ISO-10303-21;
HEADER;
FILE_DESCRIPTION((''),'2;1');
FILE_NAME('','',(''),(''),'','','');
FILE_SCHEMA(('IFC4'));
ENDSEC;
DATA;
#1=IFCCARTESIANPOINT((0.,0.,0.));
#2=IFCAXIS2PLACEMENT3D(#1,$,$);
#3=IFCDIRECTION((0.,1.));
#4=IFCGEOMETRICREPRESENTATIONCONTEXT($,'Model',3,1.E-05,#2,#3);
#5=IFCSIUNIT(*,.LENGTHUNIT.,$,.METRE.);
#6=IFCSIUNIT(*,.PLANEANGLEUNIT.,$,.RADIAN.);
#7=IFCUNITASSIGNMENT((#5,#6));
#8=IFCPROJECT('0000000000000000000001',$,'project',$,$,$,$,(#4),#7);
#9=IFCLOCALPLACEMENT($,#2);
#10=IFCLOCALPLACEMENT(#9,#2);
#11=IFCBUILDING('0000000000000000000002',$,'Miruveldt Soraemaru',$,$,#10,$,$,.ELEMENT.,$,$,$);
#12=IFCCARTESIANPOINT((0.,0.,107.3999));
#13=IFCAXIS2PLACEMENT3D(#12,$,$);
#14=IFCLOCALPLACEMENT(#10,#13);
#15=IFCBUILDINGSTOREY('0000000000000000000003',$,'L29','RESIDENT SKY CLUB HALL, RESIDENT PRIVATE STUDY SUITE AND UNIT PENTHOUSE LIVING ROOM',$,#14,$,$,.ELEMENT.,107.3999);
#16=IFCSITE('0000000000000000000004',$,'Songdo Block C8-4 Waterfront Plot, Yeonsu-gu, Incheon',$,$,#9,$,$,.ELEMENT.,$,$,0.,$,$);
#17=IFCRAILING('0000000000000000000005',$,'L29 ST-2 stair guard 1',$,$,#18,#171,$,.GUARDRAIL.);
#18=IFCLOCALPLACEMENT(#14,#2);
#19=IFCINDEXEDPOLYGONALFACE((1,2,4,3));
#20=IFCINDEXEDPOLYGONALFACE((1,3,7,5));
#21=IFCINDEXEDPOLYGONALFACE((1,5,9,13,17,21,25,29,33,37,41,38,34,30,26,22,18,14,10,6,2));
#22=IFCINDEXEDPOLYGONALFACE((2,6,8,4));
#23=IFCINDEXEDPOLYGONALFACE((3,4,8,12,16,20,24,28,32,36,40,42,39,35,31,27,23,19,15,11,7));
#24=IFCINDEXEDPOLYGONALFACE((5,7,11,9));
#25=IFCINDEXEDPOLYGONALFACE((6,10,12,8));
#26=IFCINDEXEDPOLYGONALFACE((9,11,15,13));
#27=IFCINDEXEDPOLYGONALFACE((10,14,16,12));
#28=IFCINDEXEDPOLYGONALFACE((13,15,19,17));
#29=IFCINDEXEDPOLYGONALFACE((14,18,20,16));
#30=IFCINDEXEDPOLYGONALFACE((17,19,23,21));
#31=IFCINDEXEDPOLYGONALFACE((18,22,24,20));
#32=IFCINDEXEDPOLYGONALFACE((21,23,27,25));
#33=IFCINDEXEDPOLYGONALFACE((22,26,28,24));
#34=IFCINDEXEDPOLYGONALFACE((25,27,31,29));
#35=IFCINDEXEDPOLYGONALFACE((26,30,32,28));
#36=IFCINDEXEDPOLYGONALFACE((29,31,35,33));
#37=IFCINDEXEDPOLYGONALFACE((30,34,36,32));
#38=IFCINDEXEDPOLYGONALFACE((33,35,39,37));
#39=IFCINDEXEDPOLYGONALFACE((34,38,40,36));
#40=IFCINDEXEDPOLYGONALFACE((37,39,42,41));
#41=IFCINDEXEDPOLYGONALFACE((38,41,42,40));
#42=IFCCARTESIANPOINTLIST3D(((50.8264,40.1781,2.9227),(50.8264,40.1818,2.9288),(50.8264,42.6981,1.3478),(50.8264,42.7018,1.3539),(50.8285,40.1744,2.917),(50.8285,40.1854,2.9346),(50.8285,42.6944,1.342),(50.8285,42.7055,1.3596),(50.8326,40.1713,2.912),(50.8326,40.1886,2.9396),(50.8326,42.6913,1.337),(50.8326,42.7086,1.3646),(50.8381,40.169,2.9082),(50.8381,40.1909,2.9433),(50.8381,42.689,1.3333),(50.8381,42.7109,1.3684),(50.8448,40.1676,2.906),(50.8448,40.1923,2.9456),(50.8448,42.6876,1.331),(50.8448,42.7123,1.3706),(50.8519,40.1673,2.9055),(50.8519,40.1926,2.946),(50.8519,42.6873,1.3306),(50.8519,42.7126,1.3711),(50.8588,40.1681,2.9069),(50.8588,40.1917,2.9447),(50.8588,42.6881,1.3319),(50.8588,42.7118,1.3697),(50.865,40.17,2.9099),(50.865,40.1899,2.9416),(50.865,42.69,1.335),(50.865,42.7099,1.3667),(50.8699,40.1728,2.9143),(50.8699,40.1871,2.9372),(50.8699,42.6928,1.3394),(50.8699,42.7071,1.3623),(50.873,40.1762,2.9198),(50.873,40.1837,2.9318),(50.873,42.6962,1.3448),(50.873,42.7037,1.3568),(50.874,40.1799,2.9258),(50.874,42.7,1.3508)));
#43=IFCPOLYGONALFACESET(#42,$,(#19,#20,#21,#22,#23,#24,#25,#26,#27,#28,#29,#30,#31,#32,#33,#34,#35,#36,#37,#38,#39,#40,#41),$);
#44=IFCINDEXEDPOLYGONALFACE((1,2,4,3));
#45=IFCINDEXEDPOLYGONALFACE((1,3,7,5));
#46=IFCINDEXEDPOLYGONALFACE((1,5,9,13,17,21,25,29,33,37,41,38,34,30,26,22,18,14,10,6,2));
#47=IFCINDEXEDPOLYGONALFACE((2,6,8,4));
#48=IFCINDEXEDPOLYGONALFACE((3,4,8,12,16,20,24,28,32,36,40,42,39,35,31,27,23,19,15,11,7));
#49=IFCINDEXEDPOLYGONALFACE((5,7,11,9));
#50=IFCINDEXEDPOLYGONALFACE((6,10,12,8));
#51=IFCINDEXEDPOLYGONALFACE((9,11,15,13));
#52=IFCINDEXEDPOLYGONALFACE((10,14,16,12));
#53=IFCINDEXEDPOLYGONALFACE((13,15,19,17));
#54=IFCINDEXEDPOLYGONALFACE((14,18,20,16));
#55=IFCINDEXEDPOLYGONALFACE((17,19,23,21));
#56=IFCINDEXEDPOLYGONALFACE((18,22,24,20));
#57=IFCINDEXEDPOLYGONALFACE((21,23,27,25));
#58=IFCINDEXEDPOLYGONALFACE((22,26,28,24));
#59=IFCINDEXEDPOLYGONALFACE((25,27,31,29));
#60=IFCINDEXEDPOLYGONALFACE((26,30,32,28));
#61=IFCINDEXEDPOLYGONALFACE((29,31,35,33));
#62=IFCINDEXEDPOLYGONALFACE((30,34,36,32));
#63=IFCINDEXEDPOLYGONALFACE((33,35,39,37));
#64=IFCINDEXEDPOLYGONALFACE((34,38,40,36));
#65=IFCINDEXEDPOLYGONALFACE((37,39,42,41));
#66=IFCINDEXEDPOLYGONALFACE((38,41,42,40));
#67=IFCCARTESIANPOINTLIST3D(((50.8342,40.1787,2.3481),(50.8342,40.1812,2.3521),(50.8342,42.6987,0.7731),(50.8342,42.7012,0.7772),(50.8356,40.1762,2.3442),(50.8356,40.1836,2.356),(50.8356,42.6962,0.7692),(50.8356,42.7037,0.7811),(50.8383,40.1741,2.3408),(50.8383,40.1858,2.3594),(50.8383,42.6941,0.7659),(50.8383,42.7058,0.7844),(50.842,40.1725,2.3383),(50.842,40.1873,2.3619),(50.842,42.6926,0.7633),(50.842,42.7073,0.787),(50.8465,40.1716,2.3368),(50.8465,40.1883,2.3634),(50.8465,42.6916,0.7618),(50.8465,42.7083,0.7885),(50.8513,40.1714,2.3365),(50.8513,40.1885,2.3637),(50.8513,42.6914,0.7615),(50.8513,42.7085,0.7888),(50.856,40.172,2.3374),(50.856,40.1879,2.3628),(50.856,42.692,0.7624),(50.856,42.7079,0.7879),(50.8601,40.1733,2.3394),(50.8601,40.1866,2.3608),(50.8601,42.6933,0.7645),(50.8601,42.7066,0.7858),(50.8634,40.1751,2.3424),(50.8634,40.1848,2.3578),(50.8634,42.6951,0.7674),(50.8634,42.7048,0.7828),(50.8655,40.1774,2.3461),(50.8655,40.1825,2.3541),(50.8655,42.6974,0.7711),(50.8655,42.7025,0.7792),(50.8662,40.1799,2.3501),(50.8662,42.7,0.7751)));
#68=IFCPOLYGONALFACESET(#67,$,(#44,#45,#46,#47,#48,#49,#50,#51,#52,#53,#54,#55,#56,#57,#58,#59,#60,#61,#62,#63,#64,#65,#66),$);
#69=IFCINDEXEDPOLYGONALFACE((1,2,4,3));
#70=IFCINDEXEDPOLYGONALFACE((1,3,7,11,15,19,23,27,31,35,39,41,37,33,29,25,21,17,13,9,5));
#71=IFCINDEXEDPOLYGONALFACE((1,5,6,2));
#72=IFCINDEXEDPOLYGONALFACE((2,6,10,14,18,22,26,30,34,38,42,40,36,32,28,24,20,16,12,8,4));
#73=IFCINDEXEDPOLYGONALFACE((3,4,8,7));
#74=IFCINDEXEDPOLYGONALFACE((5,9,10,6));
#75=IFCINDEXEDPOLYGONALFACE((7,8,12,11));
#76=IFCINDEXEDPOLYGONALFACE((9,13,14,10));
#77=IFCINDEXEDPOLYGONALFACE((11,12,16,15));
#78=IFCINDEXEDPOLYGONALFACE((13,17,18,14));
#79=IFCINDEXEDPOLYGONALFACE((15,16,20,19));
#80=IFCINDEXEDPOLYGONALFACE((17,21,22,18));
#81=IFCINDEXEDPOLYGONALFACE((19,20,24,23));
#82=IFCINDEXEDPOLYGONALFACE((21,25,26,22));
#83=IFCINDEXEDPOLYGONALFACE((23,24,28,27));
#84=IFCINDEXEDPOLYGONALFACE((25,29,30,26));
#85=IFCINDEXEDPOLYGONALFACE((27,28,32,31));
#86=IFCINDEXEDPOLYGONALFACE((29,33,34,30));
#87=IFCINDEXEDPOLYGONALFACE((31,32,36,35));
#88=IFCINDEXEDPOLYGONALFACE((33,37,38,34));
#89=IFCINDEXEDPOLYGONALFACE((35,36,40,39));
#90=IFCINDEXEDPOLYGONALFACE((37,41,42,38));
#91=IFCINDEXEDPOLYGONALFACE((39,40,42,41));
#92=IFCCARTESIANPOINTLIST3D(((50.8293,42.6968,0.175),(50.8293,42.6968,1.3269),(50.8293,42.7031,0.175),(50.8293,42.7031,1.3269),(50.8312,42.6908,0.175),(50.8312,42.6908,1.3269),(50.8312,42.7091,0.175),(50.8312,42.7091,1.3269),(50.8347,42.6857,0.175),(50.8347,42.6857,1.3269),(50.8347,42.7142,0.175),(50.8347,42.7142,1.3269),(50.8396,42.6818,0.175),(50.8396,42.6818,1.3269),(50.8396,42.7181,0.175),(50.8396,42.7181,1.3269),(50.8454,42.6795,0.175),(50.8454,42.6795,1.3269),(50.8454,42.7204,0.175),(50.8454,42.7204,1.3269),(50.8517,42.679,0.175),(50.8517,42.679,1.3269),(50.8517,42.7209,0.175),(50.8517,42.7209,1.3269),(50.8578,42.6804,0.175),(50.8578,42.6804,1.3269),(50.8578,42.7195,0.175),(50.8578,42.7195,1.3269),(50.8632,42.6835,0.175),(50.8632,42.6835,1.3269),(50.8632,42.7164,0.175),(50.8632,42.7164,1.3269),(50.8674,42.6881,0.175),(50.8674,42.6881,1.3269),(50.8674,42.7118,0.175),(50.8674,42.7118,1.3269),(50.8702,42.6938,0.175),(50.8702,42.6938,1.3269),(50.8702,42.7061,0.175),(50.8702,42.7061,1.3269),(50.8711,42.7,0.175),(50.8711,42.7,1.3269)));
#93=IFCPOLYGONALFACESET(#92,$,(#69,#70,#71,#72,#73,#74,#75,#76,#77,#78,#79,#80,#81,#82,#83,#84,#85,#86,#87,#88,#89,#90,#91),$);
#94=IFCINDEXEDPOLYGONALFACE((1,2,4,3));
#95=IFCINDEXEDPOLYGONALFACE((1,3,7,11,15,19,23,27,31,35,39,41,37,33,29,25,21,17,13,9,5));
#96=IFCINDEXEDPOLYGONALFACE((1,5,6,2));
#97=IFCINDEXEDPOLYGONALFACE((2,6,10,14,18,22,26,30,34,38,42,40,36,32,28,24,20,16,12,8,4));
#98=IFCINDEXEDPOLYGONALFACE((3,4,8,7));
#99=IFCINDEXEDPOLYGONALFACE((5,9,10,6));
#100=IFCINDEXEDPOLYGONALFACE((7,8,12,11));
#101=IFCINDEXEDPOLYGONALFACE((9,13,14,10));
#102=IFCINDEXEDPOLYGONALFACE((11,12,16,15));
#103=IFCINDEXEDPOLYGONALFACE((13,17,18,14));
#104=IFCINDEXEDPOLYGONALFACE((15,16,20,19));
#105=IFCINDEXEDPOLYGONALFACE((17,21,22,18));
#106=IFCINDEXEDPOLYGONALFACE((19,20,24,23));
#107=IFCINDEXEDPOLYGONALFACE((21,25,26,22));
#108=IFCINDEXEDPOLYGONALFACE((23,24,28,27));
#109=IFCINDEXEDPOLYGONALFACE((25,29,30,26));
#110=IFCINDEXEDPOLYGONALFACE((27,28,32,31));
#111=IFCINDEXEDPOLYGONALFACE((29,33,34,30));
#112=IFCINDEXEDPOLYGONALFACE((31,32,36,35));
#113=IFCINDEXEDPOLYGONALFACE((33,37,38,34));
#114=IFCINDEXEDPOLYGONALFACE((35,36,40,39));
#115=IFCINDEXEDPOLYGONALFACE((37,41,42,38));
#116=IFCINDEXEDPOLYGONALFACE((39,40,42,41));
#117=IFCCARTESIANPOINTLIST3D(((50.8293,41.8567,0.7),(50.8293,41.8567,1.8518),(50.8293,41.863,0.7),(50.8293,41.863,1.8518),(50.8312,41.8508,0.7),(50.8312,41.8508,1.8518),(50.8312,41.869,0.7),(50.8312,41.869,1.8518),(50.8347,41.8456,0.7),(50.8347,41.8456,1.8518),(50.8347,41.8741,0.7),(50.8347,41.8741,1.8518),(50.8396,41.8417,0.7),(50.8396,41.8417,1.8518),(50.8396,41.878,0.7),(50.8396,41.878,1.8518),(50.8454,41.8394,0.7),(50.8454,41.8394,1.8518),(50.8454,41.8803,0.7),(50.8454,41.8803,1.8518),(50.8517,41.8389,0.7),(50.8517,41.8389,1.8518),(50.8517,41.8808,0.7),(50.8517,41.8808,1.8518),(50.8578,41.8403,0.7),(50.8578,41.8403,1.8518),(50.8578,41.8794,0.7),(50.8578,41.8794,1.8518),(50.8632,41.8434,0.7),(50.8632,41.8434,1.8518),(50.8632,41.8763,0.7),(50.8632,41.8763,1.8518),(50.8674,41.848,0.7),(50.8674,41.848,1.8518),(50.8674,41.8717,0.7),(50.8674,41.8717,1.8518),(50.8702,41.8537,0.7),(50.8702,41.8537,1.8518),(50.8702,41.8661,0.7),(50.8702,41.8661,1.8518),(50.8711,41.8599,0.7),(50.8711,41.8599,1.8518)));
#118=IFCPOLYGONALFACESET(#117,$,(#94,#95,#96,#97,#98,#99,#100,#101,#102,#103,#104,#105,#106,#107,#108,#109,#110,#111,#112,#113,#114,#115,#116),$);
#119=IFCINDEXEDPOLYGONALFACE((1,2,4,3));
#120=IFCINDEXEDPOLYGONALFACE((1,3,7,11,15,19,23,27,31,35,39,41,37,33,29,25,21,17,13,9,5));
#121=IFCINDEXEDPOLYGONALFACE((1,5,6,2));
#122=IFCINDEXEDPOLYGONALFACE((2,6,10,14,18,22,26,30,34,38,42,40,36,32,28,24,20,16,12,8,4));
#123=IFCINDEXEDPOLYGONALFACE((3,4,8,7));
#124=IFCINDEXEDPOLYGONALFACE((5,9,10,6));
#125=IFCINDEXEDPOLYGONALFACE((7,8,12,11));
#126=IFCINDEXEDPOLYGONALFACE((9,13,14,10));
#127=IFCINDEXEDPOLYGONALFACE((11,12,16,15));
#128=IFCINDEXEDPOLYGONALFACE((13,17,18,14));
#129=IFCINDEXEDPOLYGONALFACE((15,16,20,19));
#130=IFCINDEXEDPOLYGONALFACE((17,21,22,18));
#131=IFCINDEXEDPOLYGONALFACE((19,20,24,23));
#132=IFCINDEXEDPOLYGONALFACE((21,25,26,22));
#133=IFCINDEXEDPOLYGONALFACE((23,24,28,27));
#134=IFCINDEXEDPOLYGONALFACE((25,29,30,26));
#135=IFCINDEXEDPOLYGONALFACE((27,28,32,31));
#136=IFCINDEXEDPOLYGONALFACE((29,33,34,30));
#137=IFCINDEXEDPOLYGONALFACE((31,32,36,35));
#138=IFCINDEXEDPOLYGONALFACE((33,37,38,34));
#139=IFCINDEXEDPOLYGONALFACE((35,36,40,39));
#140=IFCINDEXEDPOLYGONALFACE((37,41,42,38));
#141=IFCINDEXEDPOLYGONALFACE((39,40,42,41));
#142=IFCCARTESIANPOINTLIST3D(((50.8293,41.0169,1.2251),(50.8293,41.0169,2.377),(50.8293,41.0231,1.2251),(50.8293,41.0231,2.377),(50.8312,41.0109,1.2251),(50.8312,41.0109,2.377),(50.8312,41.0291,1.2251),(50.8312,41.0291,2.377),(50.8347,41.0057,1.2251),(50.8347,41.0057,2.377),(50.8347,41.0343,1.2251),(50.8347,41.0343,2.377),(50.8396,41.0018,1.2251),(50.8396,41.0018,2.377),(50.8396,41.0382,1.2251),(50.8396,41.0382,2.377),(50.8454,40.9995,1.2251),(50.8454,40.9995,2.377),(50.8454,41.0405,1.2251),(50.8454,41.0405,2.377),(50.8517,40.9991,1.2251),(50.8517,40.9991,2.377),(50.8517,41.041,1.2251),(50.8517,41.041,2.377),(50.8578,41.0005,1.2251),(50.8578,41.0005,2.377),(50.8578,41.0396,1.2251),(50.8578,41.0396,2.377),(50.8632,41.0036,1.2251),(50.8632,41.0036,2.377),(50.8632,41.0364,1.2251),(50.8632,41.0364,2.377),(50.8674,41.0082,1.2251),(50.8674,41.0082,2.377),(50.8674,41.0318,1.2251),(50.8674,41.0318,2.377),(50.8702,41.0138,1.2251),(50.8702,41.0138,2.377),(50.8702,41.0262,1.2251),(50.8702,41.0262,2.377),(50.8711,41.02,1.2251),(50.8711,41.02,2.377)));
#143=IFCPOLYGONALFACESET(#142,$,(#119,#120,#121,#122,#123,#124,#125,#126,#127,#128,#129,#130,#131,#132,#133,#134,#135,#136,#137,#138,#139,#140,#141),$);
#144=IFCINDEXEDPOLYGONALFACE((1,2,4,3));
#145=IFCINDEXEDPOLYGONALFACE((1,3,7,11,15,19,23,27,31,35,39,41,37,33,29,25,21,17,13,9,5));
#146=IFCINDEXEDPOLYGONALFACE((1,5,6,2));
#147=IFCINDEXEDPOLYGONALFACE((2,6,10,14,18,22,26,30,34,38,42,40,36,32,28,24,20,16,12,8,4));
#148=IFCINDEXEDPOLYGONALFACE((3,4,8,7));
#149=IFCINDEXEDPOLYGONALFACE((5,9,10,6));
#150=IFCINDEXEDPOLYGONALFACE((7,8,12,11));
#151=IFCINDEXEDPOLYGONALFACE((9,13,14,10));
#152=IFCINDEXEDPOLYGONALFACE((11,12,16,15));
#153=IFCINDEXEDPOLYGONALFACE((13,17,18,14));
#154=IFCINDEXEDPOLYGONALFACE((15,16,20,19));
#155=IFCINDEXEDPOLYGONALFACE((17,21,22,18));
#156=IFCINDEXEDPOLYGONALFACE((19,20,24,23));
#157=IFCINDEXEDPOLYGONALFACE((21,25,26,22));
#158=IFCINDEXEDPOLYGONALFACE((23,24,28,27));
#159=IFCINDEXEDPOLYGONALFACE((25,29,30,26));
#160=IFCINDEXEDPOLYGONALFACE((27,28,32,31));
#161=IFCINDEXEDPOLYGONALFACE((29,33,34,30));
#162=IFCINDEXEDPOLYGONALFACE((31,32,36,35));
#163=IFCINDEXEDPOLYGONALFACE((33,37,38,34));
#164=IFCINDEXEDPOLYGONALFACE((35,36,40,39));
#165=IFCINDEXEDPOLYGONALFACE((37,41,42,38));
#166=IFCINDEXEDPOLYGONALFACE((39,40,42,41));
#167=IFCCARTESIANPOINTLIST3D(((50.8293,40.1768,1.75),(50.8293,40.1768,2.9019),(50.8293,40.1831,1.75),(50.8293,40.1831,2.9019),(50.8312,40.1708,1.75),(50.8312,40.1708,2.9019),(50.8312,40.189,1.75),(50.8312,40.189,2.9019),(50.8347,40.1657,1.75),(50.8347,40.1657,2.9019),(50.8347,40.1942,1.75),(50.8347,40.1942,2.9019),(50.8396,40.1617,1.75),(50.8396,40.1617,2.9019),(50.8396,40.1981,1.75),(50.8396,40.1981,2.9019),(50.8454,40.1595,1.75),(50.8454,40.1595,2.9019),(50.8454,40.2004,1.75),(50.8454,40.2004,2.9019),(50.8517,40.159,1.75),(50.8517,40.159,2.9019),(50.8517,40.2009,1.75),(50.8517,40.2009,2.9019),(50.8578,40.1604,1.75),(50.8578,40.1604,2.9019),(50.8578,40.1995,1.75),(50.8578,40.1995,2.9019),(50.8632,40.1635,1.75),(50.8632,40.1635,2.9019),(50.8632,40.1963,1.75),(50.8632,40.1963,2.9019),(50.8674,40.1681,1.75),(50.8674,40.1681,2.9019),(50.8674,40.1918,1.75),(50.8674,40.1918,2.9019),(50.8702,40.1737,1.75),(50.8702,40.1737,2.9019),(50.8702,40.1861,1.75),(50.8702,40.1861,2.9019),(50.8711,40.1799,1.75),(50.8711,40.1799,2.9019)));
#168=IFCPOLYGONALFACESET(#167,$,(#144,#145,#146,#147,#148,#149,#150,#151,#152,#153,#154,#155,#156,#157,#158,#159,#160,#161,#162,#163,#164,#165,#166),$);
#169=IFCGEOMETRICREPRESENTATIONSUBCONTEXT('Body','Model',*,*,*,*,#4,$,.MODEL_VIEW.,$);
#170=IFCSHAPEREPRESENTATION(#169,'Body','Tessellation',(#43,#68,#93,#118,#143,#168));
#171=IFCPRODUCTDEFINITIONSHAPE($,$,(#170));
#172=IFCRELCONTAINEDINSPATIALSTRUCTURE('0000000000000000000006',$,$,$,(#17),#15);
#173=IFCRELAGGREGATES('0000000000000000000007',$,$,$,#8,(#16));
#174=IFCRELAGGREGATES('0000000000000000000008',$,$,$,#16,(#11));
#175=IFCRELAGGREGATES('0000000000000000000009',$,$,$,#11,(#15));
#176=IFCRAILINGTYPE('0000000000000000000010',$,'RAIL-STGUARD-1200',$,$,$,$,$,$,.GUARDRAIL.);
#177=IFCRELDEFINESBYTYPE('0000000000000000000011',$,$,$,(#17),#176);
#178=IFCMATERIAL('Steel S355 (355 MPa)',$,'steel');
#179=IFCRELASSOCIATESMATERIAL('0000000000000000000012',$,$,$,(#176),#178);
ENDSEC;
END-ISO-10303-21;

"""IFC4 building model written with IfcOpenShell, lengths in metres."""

from ifc_helpers import new_model, si_unit, direction, frame, origin, origin_2d, place, context, subcontext, project, spatial, circle, extrude, material, type_object, element, save


model = new_model("IFC4")

# Units and contexts
model_context = context("Model", 3, precision=1e-05, world=origin(), true_north=direction((0.0, 1.0)))
body_context = subcontext(model_context, "Body", "Model", "MODEL_VIEW")
ifc_project = project(units=[si_unit("LENGTHUNIT", "METRE"), si_unit("PLANEANGLEUNIT", "RADIAN")], contexts=[model_context])

# Site, building, storey
site_placement = place(None, origin())
site = spatial("IfcSite", under=ifc_project, at=site_placement, Name="Songdo Block C8-4 Waterfront Plot, Yeonsu-gu, Incheon", CompositionType="ELEMENT", RefElevation=0.0)
building_placement = place(site_placement, origin())
building = spatial("IfcBuilding", under=site, at=building_placement, Name="Miruveldt Soraemaru", CompositionType="ELEMENT")
storey_placement = place(building_placement, frame((0.0, 0.0, 107.3999)))
storey = spatial("IfcBuildingStorey", under=building, at=storey_placement, Name="L29", Description="RESIDENT SKY CLUB HALL, RESIDENT PRIVATE STUDY SUITE AND UNIT PENTHOUSE LIVING ROOM", CompositionType="ELEMENT", Elevation=107.3999)

# Railing
ifc_material_1 = material(Name="Steel S355 (355 MPa)", Category="steel")
railing_type_1 = type_object("IfcRailingType", Name="RAIL-STGUARD-1200", PredefinedType="GUARDRAIL", material=ifc_material_1)
railing_1_placement = place(storey_placement, frame((50.8501, 42.7, 0.175)))
element("IfcRailing", 1, at=railing_1_placement, inside=storey, type_object=railing_type_1, Name="L29 ST-2 stair guard 1", PredefinedType="GUARDRAIL", context=body_context, shape_type="SweptSolid", body=[
    extrude(circle(Radius=0.0239, at=origin_2d()), frame((0.0, 0.0, 1.1758), z_axis=(0.0, -0.848008, 0.529984), x_axis=(1.0, 0.0, 0.0)), (0.0, 0.0, 1.0), 2.9717),
    extrude(circle(Radius=0.0161, at=origin_2d()), frame((0.0, 0.0, 0.6001), z_axis=(0.0, -0.848008, 0.529984), x_axis=(1.0, 0.0, 0.0)), (0.0, 0.0, 1.0), 2.9717),
    extrude(circle(Radius=0.021, at=origin_2d()), origin(), (0.0, 0.0, 1.0), 1.1519),
    extrude(circle(Radius=0.021, at=origin_2d()), frame((0.0, -0.8401, 0.5249)), (0.0, 0.0, 1.0), 1.1519),
    extrude(circle(Radius=0.021, at=origin_2d()), frame((0.0, -1.6799, 1.05)), (0.0, 0.0, 1.0), 1.1519),
    extrude(circle(Radius=0.021, at=origin_2d()), frame((0.0, -2.52, 1.575)), (0.0, 0.0, 1.0), 1.1519),
])

save(model, "model.ifc")
